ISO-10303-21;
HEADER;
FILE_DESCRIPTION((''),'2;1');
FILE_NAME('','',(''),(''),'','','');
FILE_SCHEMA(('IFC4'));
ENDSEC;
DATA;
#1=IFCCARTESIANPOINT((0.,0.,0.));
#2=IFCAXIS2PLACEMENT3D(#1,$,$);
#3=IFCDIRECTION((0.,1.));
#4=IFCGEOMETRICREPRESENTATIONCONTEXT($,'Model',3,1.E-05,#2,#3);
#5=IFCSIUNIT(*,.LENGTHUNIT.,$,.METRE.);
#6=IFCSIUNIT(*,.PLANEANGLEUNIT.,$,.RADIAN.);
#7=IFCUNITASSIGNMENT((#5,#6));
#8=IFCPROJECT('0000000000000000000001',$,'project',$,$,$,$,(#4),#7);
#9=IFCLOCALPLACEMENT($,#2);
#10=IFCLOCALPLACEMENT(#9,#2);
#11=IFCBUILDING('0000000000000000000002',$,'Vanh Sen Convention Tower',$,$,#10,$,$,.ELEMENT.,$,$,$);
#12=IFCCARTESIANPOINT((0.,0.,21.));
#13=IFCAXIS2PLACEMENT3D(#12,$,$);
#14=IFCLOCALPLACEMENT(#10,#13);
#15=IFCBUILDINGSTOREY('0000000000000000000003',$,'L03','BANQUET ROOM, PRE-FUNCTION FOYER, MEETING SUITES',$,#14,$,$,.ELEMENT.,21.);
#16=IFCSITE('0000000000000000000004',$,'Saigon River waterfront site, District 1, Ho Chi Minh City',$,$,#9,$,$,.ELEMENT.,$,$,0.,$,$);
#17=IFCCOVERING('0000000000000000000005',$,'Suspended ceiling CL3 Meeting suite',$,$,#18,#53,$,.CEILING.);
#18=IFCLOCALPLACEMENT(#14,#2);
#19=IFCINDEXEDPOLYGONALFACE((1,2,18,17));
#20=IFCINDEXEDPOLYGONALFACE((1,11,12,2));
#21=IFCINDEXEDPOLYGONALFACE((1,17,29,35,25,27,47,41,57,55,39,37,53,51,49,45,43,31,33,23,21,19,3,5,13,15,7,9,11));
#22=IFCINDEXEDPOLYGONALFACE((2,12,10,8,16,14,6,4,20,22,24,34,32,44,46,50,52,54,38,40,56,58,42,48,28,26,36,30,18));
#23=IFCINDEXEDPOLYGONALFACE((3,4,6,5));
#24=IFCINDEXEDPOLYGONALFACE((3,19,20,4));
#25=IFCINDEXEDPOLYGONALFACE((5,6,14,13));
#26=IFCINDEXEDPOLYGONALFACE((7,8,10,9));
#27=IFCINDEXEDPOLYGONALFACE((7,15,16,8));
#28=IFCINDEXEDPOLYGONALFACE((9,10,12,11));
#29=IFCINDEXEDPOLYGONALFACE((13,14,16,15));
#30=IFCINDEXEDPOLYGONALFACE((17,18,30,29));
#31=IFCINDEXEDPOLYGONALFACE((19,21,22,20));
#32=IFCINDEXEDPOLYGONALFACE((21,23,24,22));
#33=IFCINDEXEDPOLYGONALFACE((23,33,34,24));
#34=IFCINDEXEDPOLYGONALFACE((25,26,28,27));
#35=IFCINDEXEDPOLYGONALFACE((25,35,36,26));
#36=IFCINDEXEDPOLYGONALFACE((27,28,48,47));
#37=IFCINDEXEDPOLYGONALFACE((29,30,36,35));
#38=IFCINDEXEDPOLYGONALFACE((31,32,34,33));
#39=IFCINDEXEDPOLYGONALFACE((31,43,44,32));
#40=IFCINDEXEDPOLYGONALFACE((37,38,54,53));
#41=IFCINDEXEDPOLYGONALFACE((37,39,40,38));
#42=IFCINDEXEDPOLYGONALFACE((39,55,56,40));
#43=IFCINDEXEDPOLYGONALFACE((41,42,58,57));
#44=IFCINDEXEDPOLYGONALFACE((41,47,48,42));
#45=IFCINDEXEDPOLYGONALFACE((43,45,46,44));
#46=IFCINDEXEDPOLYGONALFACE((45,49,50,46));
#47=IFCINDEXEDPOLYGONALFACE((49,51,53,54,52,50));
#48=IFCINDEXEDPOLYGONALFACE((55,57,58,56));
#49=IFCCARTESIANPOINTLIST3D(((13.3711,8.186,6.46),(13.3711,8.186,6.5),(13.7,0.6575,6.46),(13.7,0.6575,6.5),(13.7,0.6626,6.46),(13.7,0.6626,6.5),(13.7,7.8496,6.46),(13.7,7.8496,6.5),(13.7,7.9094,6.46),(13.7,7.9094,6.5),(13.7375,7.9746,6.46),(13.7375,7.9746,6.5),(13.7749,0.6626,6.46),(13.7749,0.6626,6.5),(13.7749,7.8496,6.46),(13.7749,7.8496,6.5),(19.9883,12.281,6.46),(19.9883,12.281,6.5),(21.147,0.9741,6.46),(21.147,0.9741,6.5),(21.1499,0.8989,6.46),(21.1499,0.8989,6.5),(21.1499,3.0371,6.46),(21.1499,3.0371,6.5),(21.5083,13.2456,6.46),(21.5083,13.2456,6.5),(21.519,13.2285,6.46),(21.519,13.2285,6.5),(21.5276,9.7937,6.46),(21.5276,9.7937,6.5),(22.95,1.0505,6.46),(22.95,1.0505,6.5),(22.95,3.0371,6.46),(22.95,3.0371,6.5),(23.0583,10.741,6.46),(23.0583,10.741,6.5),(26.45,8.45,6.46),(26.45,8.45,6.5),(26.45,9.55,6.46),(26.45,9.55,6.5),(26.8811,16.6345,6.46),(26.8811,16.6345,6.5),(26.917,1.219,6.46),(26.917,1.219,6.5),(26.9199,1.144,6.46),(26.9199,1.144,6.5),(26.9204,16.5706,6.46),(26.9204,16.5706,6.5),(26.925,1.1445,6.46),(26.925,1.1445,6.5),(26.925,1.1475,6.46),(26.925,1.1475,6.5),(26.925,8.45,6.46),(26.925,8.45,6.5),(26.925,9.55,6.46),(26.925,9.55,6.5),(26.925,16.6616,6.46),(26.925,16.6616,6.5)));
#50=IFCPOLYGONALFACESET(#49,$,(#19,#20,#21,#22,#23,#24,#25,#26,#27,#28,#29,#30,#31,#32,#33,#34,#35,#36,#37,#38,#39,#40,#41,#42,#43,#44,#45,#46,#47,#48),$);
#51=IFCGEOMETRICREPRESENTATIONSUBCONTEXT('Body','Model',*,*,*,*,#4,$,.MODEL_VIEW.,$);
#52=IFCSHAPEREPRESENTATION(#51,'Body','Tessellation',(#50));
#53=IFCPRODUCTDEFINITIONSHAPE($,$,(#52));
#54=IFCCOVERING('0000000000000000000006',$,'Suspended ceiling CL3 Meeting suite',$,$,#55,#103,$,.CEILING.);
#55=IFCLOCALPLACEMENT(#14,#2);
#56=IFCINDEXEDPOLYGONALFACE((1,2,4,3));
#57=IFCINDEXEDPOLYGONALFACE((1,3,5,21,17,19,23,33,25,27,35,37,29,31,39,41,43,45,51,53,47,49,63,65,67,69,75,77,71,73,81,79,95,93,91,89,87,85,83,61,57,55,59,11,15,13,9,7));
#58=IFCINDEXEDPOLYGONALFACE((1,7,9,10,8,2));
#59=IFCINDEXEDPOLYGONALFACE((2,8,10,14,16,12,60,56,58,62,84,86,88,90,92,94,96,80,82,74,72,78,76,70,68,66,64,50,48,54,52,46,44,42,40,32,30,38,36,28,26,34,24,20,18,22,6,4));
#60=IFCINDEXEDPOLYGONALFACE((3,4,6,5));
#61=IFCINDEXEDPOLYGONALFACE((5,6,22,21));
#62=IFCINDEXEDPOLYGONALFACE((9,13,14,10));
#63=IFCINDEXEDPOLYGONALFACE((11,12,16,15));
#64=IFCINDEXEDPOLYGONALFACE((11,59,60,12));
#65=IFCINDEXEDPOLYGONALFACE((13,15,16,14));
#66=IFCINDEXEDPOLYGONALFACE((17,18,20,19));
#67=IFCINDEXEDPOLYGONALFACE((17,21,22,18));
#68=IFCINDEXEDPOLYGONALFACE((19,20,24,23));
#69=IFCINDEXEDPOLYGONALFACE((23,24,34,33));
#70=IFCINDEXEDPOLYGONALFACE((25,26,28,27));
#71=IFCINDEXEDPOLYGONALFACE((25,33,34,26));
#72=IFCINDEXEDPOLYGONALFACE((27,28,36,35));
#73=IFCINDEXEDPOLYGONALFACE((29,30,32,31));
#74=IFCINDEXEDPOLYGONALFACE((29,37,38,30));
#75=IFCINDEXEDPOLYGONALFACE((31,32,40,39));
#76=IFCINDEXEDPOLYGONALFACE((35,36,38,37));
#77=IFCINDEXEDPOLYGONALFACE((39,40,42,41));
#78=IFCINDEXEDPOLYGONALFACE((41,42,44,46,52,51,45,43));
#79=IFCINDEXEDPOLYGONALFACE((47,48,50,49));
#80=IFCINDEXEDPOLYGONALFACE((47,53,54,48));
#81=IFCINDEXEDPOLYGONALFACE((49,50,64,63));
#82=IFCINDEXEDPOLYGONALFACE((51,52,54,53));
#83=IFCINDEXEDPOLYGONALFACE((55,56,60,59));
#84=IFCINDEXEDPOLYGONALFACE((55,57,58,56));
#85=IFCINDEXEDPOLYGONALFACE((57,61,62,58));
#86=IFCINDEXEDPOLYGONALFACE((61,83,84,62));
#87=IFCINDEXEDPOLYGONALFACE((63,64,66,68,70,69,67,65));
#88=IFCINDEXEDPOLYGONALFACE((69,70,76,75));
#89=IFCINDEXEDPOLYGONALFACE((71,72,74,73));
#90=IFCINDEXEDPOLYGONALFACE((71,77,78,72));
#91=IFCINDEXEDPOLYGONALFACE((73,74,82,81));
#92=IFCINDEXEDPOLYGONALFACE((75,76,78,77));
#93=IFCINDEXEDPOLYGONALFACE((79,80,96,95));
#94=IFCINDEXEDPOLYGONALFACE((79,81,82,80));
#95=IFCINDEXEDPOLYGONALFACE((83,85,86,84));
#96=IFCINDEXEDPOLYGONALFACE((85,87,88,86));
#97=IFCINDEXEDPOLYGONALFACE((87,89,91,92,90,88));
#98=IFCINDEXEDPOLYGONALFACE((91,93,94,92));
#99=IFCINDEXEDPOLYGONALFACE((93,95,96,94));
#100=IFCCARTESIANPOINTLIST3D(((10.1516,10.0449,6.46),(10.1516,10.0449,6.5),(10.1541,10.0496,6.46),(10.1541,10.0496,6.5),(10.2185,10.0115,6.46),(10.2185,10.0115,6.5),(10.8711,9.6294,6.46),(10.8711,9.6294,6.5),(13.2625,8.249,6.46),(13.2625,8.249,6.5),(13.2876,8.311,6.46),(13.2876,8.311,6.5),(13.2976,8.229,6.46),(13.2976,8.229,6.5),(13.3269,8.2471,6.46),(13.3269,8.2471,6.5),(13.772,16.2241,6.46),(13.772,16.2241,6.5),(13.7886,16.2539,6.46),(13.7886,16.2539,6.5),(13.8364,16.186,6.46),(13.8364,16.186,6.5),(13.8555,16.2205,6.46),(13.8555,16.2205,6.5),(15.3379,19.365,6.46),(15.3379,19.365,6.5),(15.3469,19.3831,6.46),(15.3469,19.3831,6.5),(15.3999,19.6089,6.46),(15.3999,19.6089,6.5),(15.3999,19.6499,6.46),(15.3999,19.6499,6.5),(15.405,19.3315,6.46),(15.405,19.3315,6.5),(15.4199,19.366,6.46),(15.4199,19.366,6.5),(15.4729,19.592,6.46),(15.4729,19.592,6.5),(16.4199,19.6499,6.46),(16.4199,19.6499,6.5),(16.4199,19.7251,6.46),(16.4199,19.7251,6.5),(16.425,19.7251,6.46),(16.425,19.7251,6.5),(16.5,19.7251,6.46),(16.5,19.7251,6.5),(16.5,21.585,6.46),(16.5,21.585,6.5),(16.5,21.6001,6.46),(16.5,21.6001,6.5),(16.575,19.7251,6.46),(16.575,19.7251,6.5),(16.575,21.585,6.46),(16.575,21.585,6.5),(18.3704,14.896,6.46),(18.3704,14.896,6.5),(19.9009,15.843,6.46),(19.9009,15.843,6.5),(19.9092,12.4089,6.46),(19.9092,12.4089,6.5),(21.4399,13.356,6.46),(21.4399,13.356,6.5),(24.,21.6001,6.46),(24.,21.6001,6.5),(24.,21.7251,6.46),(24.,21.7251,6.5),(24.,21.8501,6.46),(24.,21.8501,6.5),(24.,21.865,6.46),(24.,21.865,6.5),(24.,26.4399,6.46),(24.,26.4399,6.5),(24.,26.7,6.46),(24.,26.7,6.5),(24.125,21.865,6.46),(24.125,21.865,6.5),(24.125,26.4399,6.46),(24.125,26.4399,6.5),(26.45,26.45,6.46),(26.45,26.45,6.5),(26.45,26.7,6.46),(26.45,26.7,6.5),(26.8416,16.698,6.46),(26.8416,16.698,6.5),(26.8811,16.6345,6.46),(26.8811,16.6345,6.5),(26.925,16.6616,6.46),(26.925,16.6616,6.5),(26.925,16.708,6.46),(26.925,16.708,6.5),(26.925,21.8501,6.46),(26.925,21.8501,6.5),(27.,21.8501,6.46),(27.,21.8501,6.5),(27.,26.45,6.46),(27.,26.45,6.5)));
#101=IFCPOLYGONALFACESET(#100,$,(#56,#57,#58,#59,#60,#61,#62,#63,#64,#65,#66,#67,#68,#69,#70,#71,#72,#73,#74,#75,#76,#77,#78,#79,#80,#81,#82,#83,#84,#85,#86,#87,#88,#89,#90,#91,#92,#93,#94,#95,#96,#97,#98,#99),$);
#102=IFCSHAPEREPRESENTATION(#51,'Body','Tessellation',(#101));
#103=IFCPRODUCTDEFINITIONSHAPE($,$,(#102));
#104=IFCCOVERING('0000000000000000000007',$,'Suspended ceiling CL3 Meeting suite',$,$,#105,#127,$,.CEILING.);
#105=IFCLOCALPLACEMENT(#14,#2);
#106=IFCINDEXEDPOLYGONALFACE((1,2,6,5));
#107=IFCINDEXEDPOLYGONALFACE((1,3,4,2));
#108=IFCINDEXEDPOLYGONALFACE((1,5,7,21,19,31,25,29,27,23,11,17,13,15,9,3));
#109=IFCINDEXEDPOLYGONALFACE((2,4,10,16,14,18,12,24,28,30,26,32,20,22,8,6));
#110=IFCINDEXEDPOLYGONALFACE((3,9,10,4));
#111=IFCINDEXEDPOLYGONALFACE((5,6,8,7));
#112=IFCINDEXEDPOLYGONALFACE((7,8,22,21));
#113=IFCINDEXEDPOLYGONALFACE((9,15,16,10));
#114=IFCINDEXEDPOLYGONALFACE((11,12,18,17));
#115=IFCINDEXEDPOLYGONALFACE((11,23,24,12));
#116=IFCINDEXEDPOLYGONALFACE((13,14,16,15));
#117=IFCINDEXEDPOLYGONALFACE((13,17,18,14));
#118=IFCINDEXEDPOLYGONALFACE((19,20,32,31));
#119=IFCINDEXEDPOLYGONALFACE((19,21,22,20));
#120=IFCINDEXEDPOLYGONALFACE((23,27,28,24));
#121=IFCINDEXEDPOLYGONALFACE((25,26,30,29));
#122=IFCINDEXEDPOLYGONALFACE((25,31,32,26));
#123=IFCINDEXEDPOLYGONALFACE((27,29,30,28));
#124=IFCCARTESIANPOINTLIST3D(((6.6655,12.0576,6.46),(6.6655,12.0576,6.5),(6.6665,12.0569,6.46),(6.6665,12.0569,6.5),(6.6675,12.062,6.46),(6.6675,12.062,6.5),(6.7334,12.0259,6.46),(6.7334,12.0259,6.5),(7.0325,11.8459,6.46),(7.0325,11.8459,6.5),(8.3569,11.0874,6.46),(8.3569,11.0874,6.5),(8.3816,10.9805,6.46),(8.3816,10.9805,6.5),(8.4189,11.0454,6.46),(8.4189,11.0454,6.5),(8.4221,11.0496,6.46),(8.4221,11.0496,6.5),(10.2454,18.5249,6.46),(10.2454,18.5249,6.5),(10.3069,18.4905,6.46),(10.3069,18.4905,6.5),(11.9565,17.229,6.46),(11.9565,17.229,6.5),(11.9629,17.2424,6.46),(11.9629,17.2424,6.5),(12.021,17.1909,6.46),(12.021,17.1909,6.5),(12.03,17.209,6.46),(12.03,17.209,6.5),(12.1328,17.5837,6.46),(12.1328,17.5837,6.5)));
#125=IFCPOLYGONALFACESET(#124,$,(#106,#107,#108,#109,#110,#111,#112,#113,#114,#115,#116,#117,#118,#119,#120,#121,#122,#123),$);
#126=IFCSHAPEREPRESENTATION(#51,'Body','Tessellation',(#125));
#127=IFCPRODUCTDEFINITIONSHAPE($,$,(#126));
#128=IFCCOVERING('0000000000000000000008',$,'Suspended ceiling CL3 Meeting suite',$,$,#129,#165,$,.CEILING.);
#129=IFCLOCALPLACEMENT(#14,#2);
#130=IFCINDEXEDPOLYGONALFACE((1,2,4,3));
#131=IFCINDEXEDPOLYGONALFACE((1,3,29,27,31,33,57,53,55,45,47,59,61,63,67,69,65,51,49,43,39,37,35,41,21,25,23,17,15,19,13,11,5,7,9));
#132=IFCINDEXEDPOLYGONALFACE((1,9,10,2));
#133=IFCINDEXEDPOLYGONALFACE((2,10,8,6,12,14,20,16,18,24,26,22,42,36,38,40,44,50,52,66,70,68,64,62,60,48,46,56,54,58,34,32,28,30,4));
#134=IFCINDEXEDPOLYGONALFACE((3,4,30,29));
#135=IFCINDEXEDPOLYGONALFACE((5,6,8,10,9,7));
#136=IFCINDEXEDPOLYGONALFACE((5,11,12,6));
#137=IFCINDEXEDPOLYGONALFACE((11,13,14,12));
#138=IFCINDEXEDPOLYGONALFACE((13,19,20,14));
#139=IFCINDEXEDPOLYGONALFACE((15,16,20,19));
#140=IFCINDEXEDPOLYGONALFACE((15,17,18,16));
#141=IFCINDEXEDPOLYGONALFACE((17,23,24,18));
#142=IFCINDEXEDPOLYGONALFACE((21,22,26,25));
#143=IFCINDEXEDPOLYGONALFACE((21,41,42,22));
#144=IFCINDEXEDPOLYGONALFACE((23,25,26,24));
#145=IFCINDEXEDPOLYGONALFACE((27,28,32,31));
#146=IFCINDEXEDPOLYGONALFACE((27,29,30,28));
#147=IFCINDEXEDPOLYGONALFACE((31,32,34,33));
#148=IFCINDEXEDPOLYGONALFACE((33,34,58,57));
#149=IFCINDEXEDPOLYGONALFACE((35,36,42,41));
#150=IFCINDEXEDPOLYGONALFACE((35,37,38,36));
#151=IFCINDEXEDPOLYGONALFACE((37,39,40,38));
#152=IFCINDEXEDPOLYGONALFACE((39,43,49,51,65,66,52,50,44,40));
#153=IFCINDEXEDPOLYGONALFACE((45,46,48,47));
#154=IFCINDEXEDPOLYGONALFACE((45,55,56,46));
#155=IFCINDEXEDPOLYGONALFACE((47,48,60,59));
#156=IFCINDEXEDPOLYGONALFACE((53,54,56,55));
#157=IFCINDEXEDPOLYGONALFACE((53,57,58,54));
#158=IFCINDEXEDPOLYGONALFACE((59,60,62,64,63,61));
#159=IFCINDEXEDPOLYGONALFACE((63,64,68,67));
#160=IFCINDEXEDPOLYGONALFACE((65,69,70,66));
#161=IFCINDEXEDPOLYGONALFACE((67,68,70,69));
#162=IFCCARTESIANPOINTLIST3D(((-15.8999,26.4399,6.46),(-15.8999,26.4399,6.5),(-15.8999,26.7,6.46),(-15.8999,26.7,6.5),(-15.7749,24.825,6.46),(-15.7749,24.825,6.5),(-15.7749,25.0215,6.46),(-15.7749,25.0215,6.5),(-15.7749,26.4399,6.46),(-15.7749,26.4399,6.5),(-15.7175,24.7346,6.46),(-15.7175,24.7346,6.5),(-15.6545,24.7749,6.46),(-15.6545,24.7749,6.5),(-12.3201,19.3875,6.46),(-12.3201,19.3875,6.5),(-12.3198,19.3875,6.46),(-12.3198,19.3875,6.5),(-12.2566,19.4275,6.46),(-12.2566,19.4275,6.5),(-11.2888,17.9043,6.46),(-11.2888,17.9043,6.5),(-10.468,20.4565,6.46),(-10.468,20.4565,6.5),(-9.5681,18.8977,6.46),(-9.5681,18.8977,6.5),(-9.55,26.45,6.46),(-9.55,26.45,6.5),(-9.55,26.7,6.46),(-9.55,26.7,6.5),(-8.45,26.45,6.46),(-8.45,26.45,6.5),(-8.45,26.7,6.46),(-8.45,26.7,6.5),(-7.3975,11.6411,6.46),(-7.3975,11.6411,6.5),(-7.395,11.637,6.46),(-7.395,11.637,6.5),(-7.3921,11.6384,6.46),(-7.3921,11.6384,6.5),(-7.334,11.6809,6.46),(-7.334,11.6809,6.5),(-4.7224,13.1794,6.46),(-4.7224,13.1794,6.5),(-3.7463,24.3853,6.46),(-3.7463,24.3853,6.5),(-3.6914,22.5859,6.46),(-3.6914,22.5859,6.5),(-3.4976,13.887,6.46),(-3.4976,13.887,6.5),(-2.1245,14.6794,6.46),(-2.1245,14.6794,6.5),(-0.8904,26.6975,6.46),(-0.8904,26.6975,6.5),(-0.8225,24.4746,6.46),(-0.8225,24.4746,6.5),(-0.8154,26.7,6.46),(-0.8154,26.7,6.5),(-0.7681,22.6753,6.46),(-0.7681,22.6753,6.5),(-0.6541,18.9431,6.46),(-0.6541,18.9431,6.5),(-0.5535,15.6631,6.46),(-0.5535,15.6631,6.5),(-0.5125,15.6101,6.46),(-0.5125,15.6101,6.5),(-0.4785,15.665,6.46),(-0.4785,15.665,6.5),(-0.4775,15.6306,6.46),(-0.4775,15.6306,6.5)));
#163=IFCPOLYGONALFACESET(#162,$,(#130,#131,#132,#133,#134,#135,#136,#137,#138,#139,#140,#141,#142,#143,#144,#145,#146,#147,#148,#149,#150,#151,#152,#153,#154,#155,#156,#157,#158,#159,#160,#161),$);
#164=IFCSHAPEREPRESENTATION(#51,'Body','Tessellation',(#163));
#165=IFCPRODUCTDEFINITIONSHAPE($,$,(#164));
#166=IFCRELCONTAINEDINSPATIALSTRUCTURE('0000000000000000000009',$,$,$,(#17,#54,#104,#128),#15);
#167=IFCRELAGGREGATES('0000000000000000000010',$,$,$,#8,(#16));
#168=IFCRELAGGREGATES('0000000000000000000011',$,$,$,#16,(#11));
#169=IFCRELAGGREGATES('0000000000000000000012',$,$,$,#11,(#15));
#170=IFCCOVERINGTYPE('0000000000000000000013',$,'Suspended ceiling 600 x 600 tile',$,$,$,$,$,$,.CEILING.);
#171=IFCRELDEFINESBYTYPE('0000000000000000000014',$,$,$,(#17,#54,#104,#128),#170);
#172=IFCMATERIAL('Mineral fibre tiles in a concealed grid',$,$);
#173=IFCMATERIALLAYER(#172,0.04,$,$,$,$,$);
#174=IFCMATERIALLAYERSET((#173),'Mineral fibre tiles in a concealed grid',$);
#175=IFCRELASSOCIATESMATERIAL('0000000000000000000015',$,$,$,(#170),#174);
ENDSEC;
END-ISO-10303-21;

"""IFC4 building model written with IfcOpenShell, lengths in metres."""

from ifc_helpers import new_model, si_unit, direction, frame, origin, place, context, subcontext, project, spatial, polyline, outline, extrude, material, layer, layer_set, type_object, element, save


model = new_model("IFC4")

# Units and contexts
model_context = context("Model", 3, precision=1e-05, world=origin(), true_north=direction((0.0, 1.0)))
body_context = subcontext(model_context, "Body", "Model", "MODEL_VIEW")
ifc_project = project(units=[si_unit("LENGTHUNIT", "METRE"), si_unit("PLANEANGLEUNIT", "RADIAN")], contexts=[model_context])

# Site, building, storey
site_placement = place(None, origin())
site = spatial("IfcSite", under=ifc_project, at=site_placement, Name="Saigon River waterfront site, District 1, Ho Chi Minh City", CompositionType="ELEMENT", RefElevation=0.0)
building_placement = place(site_placement, origin())
building = spatial("IfcBuilding", under=site, at=building_placement, Name="Vanh Sen Convention Tower", CompositionType="ELEMENT")
storey_placement = place(building_placement, frame((0.0, 0.0, 21.0)))
storey = spatial("IfcBuildingStorey", under=building, at=storey_placement, Name="L03", Description="BANQUET ROOM, PRE-FUNCTION FOYER, MEETING SUITES", CompositionType="ELEMENT", Elevation=21.0)

# Coverings
ifc_material_1 = material(Name="Mineral fibre tiles in a concealed grid")
ifc_layer_1 = layer(ifc_material_1, 0.04)
ifc_layer_set_1 = layer_set([ifc_layer_1], Name="Mineral fibre tiles in a concealed grid")
covering_type = type_object("IfcCoveringType", Name="Suspended ceiling 600 x 600 tile", PredefinedType="CEILING", material=ifc_layer_set_1)
covering_1_placement = place(storey_placement, frame((0.0, 0.0, 6.46)))
element("IfcCovering", 1, at=covering_1_placement, inside=storey, type_object=covering_type, Name="Suspended ceiling CL3 Meeting suite", PredefinedType="CEILING", context=body_context, shape_type="SweptSolid", body=[
    extrude(outline(polyline([(26.917, 1.219), (26.9199, 1.144), (26.925, 1.1445), (26.925, 1.1475), (26.925, 8.45), (26.45, 8.45), (26.45, 9.55), (26.925, 9.55), (26.925, 16.6616), (26.8811, 16.6345), (26.9204, 16.5706), (21.519, 13.2285), (21.5083, 13.2456), (23.0583, 10.741), (21.5276, 9.7937), (19.9883, 12.281), (13.3711, 8.186), (13.7375, 7.9746), (13.7, 7.9094), (13.7, 7.8496), (13.7749, 7.8496), (13.7749, 0.6626), (13.7, 0.6626), (13.7, 0.6575), (21.147, 0.9741), (21.1499, 0.8989), (21.1499, 3.0371), (22.95, 3.0371), (22.95, 1.0505), (26.917, 1.219)])), origin(), (0.0, 0.0, 1.0), 0.04),
])
covering_2_placement = place(storey_placement, frame((0.0, 0.0, 6.46)))
element("IfcCovering", 2, at=covering_2_placement, inside=storey, type_object=covering_type, Name="Suspended ceiling CL3 Meeting suite", PredefinedType="CEILING", context=body_context, shape_type="SweptSolid", body=[
    extrude(outline(polyline([(13.8555, 16.2205), (13.7886, 16.2539), (13.772, 16.2241), (13.8364, 16.186), (10.2185, 10.0115), (10.1541, 10.0496), (10.1516, 10.0449), (10.8711, 9.6294), (13.2625, 8.249), (13.2976, 8.229), (13.3269, 8.2471), (13.2876, 8.311), (19.9092, 12.4089), (18.3704, 14.896), (19.9009, 15.843), (21.4399, 13.356), (26.8416, 16.698), (26.8811, 16.6345), (26.925, 16.6616), (26.925, 16.708), (26.925, 21.8501), (27.0, 21.8501), (27.0, 26.45), (26.45, 26.45), (26.45, 26.7), (24.0, 26.7), (24.0, 26.4399), (24.125, 26.4399), (24.125, 21.865), (24.0, 21.865), (24.0, 21.8501), (24.0, 21.7251), (24.0, 21.6001), (16.5, 21.6001), (16.5, 21.585), (16.575, 21.585), (16.575, 19.7251), (16.5, 19.7251), (16.425, 19.7251), (16.4199, 19.7251), (16.4199, 19.6499), (15.3999, 19.6499), (15.3999, 19.6089), (15.4729, 19.592), (15.4199, 19.366), (15.3469, 19.3831), (15.3379, 19.365), (15.405, 19.3315), (13.8555, 16.2205)])), origin(), (0.0, 0.0, 1.0), 0.04),
])
covering_3_placement = place(storey_placement, frame((0.0, 0.0, 6.46)))
element("IfcCovering", 3, at=covering_3_placement, inside=storey, type_object=covering_type, Name="Suspended ceiling CL3 Meeting suite", PredefinedType="CEILING", context=body_context, shape_type="SweptSolid", body=[
    extrude(outline(polyline([(11.9565, 17.229), (12.021, 17.1909), (12.03, 17.209), (11.9629, 17.2424), (12.1328, 17.5837), (10.2454, 18.5249), (10.3069, 18.4905), (6.7334, 12.0259), (6.6675, 12.062), (6.6655, 12.0576), (6.6665, 12.0569), (7.0325, 11.8459), (8.4189, 11.0454), (8.3816, 10.9805), (8.4221, 11.0496), (8.3569, 11.0874), (11.9565, 17.229)])), origin(), (0.0, 0.0, 1.0), 0.04),
])
covering_4_placement = place(storey_placement, frame((0.0, 0.0, 6.46)))
element("IfcCovering", 4, at=covering_4_placement, inside=storey, type_object=covering_type, Name="Suspended ceiling CL3 Meeting suite", PredefinedType="CEILING", context=body_context, shape_type="SweptSolid", body=[
    extrude(outline(polyline([(-0.5125, 15.6101), (-0.4775, 15.6306), (-0.4785, 15.665), (-0.5535, 15.6631), (-0.6541, 18.9431), (-0.7681, 22.6753), (-3.6914, 22.5859), (-3.7463, 24.3853), (-0.8225, 24.4746), (-0.8904, 26.6975), (-0.8154, 26.7), (-8.45, 26.7), (-8.45, 26.45), (-9.55, 26.45), (-9.55, 26.7), (-15.8999, 26.7), (-15.8999, 26.4399), (-15.7749, 26.4399), (-15.7749, 25.0215), (-15.7749, 24.825), (-15.7175, 24.7346), (-15.6545, 24.7749), (-12.2566, 19.4275), (-12.3201, 19.3875), (-12.3198, 19.3875), (-10.468, 20.4565), (-9.5681, 18.8977), (-11.2888, 17.9043), (-7.334, 11.6809), (-7.3975, 11.6411), (-7.395, 11.637), (-7.3921, 11.6384), (-4.7224, 13.1794), (-3.4976, 13.887), (-2.1245, 14.6794), (-0.5125, 15.6101)])), origin(), (0.0, 0.0, 1.0), 0.04),
])

save(model, "model.ifc")
